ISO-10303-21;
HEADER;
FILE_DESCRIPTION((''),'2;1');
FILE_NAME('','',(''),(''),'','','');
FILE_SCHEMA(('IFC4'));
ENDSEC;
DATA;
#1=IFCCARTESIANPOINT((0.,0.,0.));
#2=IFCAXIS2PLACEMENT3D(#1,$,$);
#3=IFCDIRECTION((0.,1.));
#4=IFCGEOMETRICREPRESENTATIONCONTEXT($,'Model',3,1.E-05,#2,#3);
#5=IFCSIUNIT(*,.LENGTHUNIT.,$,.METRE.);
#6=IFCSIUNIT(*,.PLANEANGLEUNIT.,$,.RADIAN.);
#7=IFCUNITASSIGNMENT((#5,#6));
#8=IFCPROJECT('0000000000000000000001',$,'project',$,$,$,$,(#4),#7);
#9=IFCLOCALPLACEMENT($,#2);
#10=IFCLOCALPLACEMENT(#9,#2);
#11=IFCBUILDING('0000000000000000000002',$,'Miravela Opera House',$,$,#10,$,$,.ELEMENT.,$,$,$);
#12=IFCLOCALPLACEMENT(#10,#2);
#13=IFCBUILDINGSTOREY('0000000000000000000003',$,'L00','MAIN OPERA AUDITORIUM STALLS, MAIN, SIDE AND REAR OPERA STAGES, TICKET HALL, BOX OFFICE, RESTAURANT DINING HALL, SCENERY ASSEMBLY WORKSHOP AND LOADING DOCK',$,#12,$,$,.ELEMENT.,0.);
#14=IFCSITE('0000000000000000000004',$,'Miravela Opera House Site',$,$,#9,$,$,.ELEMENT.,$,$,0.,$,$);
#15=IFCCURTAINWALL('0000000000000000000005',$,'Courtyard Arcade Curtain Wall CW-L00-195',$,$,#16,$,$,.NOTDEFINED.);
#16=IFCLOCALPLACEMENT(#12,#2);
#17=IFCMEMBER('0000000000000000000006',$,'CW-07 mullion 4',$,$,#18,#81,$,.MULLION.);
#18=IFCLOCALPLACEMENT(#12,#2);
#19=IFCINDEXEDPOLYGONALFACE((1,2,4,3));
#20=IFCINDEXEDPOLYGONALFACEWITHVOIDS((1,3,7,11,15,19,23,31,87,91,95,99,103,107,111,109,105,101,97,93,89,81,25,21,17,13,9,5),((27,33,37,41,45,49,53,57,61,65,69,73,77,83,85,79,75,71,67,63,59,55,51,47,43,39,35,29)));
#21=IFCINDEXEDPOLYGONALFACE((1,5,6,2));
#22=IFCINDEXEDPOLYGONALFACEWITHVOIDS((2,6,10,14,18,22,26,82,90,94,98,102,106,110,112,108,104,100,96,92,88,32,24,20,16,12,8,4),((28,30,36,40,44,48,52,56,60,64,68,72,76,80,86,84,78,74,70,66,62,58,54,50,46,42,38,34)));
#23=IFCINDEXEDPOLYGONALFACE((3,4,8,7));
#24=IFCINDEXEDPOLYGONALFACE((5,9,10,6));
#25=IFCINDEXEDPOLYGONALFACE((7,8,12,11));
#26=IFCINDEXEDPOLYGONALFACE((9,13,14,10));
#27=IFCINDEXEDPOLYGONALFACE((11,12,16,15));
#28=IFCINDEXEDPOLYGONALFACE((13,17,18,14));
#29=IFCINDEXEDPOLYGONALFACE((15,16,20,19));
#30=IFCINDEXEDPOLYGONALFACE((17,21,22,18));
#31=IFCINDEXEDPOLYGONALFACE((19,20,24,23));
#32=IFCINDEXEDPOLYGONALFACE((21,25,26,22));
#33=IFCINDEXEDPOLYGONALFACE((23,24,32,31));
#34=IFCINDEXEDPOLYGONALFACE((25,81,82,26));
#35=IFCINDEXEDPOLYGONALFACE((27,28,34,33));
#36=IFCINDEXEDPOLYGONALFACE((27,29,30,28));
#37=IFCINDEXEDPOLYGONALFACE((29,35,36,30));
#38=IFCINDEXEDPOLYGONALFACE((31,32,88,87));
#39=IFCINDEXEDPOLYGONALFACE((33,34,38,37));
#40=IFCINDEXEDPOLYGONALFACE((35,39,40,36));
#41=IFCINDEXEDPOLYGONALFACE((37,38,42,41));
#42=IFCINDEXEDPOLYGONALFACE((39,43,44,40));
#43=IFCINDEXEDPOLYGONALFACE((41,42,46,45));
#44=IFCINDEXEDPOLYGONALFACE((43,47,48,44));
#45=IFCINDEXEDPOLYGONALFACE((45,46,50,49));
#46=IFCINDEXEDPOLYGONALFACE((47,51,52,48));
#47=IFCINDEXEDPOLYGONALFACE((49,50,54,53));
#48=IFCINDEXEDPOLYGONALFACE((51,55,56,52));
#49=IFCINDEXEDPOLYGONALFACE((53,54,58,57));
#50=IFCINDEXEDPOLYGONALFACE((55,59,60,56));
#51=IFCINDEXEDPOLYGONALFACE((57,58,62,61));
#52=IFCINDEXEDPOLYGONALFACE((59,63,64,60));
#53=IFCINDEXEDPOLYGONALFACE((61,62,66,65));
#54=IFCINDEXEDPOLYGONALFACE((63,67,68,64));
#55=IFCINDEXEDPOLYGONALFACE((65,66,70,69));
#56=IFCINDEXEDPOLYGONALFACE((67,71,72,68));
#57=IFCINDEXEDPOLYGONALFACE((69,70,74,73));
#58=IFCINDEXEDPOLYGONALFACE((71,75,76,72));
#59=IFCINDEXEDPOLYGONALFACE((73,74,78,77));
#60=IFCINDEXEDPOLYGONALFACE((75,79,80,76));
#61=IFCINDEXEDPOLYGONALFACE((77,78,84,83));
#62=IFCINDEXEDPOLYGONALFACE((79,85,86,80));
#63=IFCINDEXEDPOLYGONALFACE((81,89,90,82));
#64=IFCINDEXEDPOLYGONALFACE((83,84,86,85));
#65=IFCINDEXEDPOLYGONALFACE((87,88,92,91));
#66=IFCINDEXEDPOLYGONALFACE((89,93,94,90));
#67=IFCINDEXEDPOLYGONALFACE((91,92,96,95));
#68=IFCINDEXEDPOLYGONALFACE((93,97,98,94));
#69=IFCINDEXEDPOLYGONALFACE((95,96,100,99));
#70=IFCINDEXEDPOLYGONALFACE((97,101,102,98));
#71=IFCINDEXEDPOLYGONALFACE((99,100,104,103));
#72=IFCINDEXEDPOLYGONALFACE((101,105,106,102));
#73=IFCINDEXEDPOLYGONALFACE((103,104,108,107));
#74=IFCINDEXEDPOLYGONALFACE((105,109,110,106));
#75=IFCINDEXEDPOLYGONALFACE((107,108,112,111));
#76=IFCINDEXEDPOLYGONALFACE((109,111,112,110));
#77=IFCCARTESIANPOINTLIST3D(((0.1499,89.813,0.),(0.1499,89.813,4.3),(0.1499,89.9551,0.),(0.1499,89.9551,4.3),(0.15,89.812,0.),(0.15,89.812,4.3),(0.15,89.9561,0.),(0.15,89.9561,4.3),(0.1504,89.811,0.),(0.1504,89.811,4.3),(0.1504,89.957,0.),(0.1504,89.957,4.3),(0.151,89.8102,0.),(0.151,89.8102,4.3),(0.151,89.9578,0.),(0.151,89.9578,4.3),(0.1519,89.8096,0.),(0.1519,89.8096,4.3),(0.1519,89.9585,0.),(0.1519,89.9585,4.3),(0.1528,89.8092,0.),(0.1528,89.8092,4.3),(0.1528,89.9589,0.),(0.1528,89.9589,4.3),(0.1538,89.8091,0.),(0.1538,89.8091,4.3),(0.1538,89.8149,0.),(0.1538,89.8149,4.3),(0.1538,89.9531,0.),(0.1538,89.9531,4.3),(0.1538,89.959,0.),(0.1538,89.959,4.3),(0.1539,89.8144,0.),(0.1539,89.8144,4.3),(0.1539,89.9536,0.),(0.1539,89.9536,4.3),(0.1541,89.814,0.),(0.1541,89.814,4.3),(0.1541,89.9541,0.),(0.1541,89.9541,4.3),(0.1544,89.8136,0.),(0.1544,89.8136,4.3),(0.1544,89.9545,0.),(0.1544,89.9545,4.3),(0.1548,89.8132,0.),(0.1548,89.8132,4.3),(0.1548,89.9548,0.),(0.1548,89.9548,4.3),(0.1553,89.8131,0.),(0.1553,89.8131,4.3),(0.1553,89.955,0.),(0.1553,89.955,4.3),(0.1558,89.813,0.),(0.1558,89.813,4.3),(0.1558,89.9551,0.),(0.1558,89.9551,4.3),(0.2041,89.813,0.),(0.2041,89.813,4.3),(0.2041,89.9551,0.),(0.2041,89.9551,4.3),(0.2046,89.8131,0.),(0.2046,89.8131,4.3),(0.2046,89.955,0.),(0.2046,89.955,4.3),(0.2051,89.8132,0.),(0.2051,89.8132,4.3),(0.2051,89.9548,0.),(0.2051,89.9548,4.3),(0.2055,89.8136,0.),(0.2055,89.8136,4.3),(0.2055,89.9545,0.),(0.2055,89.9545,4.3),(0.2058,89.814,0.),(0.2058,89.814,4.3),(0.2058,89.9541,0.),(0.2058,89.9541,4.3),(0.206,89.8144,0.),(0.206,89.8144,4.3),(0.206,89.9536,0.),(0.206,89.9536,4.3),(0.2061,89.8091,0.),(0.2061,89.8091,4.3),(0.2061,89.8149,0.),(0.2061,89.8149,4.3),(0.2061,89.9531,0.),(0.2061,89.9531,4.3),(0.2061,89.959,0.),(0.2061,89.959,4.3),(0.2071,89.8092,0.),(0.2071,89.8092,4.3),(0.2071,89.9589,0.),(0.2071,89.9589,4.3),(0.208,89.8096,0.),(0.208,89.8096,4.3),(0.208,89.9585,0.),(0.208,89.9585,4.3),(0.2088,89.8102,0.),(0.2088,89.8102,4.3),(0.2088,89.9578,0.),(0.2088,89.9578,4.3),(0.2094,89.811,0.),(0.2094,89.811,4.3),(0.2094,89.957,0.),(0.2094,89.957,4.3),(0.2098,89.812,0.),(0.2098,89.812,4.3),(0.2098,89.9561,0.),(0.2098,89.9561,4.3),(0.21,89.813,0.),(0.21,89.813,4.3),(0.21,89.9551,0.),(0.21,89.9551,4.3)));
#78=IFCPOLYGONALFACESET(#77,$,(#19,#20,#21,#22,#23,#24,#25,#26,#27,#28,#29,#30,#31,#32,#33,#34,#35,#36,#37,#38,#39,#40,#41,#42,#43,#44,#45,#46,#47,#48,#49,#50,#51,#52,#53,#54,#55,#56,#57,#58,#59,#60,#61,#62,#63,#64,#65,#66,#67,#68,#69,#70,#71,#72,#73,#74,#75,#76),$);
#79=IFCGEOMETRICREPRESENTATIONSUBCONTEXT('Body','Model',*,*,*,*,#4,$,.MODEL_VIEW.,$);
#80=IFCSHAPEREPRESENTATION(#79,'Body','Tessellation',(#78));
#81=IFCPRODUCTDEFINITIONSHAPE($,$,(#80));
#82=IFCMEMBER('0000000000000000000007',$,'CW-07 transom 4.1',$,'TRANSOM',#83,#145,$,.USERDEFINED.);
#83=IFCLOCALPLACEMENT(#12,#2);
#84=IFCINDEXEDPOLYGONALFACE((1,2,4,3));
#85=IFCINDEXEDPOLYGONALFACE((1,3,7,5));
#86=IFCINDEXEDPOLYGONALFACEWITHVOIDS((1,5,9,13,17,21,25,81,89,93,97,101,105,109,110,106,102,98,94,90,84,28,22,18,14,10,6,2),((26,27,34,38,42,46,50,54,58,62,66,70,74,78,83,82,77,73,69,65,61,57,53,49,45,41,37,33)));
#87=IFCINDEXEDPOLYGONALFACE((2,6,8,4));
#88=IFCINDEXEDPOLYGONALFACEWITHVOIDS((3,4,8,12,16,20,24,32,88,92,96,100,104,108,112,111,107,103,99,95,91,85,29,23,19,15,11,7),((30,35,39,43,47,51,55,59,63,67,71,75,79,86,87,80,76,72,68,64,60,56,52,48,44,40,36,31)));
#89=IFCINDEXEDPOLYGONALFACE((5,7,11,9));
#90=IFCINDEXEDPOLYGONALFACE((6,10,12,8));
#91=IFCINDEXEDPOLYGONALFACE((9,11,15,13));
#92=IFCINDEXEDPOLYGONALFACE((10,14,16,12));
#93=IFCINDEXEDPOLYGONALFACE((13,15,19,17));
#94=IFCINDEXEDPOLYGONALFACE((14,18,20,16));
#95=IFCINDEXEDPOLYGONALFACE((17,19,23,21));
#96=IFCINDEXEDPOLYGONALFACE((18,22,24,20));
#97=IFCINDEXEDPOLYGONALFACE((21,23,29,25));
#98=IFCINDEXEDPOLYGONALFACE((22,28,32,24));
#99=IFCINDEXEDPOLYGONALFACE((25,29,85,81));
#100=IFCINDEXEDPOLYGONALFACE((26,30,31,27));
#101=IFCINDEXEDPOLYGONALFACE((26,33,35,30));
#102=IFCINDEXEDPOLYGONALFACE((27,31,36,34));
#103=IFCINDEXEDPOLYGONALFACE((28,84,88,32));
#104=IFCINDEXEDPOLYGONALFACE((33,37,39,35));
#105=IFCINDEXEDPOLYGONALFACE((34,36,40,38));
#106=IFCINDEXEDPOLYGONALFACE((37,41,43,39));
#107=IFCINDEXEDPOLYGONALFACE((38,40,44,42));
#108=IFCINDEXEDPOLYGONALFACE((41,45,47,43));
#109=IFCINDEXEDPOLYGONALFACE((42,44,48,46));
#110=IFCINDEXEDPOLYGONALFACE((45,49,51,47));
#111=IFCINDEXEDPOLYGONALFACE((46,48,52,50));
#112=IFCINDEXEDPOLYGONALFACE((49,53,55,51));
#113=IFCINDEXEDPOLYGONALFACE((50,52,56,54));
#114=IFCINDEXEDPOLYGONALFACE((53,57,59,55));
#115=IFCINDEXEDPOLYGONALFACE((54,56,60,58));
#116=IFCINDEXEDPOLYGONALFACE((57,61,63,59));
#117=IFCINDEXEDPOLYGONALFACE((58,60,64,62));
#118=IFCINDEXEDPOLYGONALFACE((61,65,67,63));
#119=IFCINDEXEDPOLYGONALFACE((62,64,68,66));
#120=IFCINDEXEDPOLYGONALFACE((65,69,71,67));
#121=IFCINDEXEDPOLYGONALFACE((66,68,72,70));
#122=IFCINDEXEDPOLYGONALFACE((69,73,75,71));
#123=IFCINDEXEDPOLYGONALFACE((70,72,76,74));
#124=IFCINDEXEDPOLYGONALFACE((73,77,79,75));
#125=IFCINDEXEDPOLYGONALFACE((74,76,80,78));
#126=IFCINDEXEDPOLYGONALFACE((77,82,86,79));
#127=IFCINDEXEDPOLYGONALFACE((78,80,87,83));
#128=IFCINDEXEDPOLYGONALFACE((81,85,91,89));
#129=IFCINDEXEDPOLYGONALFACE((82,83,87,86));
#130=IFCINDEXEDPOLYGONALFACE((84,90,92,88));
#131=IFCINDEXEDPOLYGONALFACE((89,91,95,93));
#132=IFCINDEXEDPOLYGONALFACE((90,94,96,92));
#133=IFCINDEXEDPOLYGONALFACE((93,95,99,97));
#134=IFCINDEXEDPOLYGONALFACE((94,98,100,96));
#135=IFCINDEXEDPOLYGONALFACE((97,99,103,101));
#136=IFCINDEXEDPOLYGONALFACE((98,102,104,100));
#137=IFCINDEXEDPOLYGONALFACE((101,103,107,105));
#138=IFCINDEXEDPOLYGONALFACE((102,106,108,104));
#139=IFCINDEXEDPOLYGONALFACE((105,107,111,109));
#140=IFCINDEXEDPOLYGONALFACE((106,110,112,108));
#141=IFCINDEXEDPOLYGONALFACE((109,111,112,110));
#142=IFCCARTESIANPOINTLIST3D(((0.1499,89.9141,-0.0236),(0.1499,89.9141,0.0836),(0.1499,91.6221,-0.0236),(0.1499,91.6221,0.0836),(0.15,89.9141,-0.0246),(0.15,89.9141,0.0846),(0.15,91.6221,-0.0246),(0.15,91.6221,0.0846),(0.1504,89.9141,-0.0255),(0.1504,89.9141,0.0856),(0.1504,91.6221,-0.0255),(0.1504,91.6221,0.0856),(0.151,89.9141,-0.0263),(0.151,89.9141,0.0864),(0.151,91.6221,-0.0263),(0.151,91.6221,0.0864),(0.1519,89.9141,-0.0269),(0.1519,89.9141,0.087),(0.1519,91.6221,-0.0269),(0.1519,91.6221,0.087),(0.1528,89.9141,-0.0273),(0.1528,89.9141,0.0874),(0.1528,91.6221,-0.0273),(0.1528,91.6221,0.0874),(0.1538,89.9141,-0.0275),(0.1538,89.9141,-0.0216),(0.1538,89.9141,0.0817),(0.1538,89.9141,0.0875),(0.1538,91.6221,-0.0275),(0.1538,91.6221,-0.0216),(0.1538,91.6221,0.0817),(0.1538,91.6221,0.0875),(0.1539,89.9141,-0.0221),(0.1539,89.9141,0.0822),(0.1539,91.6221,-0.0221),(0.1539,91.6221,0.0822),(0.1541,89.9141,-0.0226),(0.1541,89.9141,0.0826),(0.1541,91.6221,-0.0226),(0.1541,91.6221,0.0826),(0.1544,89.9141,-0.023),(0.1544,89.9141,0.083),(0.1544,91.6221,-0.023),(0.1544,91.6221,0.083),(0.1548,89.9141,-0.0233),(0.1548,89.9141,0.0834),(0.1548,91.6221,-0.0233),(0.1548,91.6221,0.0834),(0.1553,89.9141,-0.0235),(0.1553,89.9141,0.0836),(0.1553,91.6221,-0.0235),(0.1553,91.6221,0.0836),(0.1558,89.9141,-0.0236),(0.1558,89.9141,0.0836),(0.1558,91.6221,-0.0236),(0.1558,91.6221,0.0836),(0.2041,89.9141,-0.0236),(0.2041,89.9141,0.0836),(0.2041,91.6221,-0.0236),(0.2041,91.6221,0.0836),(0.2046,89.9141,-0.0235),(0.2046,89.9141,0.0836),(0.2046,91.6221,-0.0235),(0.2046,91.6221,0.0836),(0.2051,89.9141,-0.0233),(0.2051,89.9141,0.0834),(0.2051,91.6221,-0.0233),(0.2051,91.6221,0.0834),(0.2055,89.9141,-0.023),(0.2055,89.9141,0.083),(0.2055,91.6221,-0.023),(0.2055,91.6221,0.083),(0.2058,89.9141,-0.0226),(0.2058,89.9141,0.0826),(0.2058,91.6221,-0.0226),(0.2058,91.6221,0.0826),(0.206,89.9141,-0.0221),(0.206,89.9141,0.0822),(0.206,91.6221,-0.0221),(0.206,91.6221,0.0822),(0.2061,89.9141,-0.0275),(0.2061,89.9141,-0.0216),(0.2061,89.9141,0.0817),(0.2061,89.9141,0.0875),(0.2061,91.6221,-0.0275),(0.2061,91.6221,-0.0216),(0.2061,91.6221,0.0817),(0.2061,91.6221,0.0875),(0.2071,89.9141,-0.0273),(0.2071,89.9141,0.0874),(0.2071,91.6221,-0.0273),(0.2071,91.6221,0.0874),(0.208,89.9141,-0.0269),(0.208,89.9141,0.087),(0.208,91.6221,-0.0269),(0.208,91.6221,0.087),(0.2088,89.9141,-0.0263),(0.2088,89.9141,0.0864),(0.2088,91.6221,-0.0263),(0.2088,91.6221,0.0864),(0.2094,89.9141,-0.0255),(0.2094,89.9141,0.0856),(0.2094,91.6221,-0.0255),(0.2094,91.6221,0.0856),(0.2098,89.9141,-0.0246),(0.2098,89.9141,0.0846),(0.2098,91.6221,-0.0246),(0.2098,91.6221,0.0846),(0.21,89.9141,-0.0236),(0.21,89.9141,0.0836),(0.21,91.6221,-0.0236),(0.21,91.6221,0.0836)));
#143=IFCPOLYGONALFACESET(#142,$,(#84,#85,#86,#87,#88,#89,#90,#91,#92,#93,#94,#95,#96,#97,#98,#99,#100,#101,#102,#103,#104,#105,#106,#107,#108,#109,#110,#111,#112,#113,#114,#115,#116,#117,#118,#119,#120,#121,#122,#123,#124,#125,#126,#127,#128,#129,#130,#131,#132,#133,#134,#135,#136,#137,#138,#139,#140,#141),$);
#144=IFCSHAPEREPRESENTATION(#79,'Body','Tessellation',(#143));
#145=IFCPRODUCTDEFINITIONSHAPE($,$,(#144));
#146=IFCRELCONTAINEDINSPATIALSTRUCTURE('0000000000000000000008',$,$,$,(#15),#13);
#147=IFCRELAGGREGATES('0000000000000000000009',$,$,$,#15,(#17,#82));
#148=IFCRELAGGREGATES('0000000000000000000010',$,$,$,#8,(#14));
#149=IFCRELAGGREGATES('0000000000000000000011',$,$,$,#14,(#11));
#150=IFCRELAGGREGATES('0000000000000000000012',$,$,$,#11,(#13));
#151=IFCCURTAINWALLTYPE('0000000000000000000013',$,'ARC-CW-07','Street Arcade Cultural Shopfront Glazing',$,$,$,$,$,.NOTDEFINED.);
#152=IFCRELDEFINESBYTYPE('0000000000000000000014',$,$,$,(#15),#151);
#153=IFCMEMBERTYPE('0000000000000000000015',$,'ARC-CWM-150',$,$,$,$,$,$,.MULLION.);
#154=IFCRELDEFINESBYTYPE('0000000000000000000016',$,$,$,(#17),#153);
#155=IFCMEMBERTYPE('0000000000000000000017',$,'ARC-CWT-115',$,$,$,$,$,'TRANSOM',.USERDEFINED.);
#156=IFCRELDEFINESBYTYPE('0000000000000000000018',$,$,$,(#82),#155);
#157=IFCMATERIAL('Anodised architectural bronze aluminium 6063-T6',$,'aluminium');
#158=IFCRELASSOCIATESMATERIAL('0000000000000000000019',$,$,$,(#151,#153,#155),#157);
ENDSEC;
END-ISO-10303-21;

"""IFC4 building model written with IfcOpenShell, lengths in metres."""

from ifc_helpers import new_model, si_unit, direction, frame, origin, origin_2d, place, context, subcontext, project, spatial, hollow_rectangle, extrude, material, material_profile, profile_set, type_object, element, aggregate, save


model = new_model("IFC4")

# Units and contexts
model_context = context("Model", 3, precision=1e-05, world=origin(), true_north=direction((0.0, 1.0)))
body_context = subcontext(model_context, "Body", "Model", "MODEL_VIEW")
ifc_project = project(units=[si_unit("LENGTHUNIT", "METRE"), si_unit("PLANEANGLEUNIT", "RADIAN")], contexts=[model_context])

# Site, building, storey
site_placement = place(None, origin())
site = spatial("IfcSite", under=ifc_project, at=site_placement, Name="Miravela Opera House Site", CompositionType="ELEMENT", RefElevation=0.0)
building_placement = place(site_placement, origin())
building = spatial("IfcBuilding", under=site, at=building_placement, Name="Miravela Opera House", CompositionType="ELEMENT")
storey_placement = place(building_placement, origin())
storey = spatial("IfcBuildingStorey", under=building, at=storey_placement, Name="L00", Description="MAIN OPERA AUDITORIUM STALLS, MAIN, SIDE AND REAR OPERA STAGES, TICKET HALL, BOX OFFICE, RESTAURANT DINING HALL, SCENERY ASSEMBLY WORKSHOP AND LOADING DOCK", CompositionType="ELEMENT", Elevation=0.0)

# Curtain wall, members
ifc_material_1 = material(Name="Anodised architectural bronze aluminium 6063-T6", Category="aluminium")
curtain_wall_type = type_object("IfcCurtainWallType", Name="ARC-CW-07", Description="Street Arcade Cultural Shopfront Glazing", PredefinedType="NOTDEFINED", material=ifc_material_1)
curtain_wall_placement = place(storey_placement, origin())
curtain_wall = element("IfcCurtainWall", 1, at=curtain_wall_placement, inside=storey, type_object=curtain_wall_type, Name="Courtyard Arcade Curtain Wall CW-L00-195", PredefinedType="NOTDEFINED")
ifc_material_profile_1 = material_profile(ifc_material_1, hollow_rectangle(XDim=0.0601, YDim=0.1499, WallThickness=0.0039, InnerFilletRadius=0.002, OuterFilletRadius=0.0039, at=origin_2d()), Name="CWM-60X150")
ifc_profile_set_1 = profile_set([ifc_material_profile_1])
member_type_1 = type_object("IfcMemberType", Name="ARC-CWM-150", PredefinedType="MULLION", material=ifc_profile_set_1)
member_1_placement = place(storey_placement, frame((0.1799, 89.884, 0.0), z_axis=(0.0, 0.0, 1.0), x_axis=(-1.0, 0.0, 0.0)))
member_1 = element("IfcMember", 2, at=member_1_placement, type_object=member_type_1, Name="CW-07 mullion 4", PredefinedType="MULLION", context=body_context, shape_type="SweptSolid", body=[
    extrude(hollow_rectangle(XDim=0.0601, YDim=0.1499, WallThickness=0.0039, InnerFilletRadius=0.002, OuterFilletRadius=0.0039, at=origin_2d()), origin(), (0.0, 0.0, 1.0), 4.3),
])
ifc_material_profile_2 = material_profile(ifc_material_1, hollow_rectangle(XDim=0.0601, YDim=0.115, WallThickness=0.0039, InnerFilletRadius=0.002, OuterFilletRadius=0.0039, at=origin_2d()), Name="CWT-60X115")
ifc_profile_set_2 = profile_set([ifc_material_profile_2])
member_type_2 = type_object("IfcMemberType", Name="ARC-CWT-115", ElementType="TRANSOM", PredefinedType="USERDEFINED", material=ifc_profile_set_2)
member_2_placement = place(storey_placement, frame((0.1799, 89.9141, 0.03), z_axis=(0.0, 1.0, 0.0), x_axis=(-1.0, 0.0, 0.0)))
member_2 = element("IfcMember", 3, at=member_2_placement, type_object=member_type_2, Name="CW-07 transom 4.1", ObjectType="TRANSOM", PredefinedType="USERDEFINED", context=body_context, shape_type="SweptSolid", body=[
    extrude(hollow_rectangle(XDim=0.0601, YDim=0.115, WallThickness=0.0039, InnerFilletRadius=0.002, OuterFilletRadius=0.0039, at=origin_2d()), origin(), (0.0, 0.0, 1.0), 1.708),
])

aggregate(curtain_wall, [member_1, member_2])

save(model, "model.ifc")
